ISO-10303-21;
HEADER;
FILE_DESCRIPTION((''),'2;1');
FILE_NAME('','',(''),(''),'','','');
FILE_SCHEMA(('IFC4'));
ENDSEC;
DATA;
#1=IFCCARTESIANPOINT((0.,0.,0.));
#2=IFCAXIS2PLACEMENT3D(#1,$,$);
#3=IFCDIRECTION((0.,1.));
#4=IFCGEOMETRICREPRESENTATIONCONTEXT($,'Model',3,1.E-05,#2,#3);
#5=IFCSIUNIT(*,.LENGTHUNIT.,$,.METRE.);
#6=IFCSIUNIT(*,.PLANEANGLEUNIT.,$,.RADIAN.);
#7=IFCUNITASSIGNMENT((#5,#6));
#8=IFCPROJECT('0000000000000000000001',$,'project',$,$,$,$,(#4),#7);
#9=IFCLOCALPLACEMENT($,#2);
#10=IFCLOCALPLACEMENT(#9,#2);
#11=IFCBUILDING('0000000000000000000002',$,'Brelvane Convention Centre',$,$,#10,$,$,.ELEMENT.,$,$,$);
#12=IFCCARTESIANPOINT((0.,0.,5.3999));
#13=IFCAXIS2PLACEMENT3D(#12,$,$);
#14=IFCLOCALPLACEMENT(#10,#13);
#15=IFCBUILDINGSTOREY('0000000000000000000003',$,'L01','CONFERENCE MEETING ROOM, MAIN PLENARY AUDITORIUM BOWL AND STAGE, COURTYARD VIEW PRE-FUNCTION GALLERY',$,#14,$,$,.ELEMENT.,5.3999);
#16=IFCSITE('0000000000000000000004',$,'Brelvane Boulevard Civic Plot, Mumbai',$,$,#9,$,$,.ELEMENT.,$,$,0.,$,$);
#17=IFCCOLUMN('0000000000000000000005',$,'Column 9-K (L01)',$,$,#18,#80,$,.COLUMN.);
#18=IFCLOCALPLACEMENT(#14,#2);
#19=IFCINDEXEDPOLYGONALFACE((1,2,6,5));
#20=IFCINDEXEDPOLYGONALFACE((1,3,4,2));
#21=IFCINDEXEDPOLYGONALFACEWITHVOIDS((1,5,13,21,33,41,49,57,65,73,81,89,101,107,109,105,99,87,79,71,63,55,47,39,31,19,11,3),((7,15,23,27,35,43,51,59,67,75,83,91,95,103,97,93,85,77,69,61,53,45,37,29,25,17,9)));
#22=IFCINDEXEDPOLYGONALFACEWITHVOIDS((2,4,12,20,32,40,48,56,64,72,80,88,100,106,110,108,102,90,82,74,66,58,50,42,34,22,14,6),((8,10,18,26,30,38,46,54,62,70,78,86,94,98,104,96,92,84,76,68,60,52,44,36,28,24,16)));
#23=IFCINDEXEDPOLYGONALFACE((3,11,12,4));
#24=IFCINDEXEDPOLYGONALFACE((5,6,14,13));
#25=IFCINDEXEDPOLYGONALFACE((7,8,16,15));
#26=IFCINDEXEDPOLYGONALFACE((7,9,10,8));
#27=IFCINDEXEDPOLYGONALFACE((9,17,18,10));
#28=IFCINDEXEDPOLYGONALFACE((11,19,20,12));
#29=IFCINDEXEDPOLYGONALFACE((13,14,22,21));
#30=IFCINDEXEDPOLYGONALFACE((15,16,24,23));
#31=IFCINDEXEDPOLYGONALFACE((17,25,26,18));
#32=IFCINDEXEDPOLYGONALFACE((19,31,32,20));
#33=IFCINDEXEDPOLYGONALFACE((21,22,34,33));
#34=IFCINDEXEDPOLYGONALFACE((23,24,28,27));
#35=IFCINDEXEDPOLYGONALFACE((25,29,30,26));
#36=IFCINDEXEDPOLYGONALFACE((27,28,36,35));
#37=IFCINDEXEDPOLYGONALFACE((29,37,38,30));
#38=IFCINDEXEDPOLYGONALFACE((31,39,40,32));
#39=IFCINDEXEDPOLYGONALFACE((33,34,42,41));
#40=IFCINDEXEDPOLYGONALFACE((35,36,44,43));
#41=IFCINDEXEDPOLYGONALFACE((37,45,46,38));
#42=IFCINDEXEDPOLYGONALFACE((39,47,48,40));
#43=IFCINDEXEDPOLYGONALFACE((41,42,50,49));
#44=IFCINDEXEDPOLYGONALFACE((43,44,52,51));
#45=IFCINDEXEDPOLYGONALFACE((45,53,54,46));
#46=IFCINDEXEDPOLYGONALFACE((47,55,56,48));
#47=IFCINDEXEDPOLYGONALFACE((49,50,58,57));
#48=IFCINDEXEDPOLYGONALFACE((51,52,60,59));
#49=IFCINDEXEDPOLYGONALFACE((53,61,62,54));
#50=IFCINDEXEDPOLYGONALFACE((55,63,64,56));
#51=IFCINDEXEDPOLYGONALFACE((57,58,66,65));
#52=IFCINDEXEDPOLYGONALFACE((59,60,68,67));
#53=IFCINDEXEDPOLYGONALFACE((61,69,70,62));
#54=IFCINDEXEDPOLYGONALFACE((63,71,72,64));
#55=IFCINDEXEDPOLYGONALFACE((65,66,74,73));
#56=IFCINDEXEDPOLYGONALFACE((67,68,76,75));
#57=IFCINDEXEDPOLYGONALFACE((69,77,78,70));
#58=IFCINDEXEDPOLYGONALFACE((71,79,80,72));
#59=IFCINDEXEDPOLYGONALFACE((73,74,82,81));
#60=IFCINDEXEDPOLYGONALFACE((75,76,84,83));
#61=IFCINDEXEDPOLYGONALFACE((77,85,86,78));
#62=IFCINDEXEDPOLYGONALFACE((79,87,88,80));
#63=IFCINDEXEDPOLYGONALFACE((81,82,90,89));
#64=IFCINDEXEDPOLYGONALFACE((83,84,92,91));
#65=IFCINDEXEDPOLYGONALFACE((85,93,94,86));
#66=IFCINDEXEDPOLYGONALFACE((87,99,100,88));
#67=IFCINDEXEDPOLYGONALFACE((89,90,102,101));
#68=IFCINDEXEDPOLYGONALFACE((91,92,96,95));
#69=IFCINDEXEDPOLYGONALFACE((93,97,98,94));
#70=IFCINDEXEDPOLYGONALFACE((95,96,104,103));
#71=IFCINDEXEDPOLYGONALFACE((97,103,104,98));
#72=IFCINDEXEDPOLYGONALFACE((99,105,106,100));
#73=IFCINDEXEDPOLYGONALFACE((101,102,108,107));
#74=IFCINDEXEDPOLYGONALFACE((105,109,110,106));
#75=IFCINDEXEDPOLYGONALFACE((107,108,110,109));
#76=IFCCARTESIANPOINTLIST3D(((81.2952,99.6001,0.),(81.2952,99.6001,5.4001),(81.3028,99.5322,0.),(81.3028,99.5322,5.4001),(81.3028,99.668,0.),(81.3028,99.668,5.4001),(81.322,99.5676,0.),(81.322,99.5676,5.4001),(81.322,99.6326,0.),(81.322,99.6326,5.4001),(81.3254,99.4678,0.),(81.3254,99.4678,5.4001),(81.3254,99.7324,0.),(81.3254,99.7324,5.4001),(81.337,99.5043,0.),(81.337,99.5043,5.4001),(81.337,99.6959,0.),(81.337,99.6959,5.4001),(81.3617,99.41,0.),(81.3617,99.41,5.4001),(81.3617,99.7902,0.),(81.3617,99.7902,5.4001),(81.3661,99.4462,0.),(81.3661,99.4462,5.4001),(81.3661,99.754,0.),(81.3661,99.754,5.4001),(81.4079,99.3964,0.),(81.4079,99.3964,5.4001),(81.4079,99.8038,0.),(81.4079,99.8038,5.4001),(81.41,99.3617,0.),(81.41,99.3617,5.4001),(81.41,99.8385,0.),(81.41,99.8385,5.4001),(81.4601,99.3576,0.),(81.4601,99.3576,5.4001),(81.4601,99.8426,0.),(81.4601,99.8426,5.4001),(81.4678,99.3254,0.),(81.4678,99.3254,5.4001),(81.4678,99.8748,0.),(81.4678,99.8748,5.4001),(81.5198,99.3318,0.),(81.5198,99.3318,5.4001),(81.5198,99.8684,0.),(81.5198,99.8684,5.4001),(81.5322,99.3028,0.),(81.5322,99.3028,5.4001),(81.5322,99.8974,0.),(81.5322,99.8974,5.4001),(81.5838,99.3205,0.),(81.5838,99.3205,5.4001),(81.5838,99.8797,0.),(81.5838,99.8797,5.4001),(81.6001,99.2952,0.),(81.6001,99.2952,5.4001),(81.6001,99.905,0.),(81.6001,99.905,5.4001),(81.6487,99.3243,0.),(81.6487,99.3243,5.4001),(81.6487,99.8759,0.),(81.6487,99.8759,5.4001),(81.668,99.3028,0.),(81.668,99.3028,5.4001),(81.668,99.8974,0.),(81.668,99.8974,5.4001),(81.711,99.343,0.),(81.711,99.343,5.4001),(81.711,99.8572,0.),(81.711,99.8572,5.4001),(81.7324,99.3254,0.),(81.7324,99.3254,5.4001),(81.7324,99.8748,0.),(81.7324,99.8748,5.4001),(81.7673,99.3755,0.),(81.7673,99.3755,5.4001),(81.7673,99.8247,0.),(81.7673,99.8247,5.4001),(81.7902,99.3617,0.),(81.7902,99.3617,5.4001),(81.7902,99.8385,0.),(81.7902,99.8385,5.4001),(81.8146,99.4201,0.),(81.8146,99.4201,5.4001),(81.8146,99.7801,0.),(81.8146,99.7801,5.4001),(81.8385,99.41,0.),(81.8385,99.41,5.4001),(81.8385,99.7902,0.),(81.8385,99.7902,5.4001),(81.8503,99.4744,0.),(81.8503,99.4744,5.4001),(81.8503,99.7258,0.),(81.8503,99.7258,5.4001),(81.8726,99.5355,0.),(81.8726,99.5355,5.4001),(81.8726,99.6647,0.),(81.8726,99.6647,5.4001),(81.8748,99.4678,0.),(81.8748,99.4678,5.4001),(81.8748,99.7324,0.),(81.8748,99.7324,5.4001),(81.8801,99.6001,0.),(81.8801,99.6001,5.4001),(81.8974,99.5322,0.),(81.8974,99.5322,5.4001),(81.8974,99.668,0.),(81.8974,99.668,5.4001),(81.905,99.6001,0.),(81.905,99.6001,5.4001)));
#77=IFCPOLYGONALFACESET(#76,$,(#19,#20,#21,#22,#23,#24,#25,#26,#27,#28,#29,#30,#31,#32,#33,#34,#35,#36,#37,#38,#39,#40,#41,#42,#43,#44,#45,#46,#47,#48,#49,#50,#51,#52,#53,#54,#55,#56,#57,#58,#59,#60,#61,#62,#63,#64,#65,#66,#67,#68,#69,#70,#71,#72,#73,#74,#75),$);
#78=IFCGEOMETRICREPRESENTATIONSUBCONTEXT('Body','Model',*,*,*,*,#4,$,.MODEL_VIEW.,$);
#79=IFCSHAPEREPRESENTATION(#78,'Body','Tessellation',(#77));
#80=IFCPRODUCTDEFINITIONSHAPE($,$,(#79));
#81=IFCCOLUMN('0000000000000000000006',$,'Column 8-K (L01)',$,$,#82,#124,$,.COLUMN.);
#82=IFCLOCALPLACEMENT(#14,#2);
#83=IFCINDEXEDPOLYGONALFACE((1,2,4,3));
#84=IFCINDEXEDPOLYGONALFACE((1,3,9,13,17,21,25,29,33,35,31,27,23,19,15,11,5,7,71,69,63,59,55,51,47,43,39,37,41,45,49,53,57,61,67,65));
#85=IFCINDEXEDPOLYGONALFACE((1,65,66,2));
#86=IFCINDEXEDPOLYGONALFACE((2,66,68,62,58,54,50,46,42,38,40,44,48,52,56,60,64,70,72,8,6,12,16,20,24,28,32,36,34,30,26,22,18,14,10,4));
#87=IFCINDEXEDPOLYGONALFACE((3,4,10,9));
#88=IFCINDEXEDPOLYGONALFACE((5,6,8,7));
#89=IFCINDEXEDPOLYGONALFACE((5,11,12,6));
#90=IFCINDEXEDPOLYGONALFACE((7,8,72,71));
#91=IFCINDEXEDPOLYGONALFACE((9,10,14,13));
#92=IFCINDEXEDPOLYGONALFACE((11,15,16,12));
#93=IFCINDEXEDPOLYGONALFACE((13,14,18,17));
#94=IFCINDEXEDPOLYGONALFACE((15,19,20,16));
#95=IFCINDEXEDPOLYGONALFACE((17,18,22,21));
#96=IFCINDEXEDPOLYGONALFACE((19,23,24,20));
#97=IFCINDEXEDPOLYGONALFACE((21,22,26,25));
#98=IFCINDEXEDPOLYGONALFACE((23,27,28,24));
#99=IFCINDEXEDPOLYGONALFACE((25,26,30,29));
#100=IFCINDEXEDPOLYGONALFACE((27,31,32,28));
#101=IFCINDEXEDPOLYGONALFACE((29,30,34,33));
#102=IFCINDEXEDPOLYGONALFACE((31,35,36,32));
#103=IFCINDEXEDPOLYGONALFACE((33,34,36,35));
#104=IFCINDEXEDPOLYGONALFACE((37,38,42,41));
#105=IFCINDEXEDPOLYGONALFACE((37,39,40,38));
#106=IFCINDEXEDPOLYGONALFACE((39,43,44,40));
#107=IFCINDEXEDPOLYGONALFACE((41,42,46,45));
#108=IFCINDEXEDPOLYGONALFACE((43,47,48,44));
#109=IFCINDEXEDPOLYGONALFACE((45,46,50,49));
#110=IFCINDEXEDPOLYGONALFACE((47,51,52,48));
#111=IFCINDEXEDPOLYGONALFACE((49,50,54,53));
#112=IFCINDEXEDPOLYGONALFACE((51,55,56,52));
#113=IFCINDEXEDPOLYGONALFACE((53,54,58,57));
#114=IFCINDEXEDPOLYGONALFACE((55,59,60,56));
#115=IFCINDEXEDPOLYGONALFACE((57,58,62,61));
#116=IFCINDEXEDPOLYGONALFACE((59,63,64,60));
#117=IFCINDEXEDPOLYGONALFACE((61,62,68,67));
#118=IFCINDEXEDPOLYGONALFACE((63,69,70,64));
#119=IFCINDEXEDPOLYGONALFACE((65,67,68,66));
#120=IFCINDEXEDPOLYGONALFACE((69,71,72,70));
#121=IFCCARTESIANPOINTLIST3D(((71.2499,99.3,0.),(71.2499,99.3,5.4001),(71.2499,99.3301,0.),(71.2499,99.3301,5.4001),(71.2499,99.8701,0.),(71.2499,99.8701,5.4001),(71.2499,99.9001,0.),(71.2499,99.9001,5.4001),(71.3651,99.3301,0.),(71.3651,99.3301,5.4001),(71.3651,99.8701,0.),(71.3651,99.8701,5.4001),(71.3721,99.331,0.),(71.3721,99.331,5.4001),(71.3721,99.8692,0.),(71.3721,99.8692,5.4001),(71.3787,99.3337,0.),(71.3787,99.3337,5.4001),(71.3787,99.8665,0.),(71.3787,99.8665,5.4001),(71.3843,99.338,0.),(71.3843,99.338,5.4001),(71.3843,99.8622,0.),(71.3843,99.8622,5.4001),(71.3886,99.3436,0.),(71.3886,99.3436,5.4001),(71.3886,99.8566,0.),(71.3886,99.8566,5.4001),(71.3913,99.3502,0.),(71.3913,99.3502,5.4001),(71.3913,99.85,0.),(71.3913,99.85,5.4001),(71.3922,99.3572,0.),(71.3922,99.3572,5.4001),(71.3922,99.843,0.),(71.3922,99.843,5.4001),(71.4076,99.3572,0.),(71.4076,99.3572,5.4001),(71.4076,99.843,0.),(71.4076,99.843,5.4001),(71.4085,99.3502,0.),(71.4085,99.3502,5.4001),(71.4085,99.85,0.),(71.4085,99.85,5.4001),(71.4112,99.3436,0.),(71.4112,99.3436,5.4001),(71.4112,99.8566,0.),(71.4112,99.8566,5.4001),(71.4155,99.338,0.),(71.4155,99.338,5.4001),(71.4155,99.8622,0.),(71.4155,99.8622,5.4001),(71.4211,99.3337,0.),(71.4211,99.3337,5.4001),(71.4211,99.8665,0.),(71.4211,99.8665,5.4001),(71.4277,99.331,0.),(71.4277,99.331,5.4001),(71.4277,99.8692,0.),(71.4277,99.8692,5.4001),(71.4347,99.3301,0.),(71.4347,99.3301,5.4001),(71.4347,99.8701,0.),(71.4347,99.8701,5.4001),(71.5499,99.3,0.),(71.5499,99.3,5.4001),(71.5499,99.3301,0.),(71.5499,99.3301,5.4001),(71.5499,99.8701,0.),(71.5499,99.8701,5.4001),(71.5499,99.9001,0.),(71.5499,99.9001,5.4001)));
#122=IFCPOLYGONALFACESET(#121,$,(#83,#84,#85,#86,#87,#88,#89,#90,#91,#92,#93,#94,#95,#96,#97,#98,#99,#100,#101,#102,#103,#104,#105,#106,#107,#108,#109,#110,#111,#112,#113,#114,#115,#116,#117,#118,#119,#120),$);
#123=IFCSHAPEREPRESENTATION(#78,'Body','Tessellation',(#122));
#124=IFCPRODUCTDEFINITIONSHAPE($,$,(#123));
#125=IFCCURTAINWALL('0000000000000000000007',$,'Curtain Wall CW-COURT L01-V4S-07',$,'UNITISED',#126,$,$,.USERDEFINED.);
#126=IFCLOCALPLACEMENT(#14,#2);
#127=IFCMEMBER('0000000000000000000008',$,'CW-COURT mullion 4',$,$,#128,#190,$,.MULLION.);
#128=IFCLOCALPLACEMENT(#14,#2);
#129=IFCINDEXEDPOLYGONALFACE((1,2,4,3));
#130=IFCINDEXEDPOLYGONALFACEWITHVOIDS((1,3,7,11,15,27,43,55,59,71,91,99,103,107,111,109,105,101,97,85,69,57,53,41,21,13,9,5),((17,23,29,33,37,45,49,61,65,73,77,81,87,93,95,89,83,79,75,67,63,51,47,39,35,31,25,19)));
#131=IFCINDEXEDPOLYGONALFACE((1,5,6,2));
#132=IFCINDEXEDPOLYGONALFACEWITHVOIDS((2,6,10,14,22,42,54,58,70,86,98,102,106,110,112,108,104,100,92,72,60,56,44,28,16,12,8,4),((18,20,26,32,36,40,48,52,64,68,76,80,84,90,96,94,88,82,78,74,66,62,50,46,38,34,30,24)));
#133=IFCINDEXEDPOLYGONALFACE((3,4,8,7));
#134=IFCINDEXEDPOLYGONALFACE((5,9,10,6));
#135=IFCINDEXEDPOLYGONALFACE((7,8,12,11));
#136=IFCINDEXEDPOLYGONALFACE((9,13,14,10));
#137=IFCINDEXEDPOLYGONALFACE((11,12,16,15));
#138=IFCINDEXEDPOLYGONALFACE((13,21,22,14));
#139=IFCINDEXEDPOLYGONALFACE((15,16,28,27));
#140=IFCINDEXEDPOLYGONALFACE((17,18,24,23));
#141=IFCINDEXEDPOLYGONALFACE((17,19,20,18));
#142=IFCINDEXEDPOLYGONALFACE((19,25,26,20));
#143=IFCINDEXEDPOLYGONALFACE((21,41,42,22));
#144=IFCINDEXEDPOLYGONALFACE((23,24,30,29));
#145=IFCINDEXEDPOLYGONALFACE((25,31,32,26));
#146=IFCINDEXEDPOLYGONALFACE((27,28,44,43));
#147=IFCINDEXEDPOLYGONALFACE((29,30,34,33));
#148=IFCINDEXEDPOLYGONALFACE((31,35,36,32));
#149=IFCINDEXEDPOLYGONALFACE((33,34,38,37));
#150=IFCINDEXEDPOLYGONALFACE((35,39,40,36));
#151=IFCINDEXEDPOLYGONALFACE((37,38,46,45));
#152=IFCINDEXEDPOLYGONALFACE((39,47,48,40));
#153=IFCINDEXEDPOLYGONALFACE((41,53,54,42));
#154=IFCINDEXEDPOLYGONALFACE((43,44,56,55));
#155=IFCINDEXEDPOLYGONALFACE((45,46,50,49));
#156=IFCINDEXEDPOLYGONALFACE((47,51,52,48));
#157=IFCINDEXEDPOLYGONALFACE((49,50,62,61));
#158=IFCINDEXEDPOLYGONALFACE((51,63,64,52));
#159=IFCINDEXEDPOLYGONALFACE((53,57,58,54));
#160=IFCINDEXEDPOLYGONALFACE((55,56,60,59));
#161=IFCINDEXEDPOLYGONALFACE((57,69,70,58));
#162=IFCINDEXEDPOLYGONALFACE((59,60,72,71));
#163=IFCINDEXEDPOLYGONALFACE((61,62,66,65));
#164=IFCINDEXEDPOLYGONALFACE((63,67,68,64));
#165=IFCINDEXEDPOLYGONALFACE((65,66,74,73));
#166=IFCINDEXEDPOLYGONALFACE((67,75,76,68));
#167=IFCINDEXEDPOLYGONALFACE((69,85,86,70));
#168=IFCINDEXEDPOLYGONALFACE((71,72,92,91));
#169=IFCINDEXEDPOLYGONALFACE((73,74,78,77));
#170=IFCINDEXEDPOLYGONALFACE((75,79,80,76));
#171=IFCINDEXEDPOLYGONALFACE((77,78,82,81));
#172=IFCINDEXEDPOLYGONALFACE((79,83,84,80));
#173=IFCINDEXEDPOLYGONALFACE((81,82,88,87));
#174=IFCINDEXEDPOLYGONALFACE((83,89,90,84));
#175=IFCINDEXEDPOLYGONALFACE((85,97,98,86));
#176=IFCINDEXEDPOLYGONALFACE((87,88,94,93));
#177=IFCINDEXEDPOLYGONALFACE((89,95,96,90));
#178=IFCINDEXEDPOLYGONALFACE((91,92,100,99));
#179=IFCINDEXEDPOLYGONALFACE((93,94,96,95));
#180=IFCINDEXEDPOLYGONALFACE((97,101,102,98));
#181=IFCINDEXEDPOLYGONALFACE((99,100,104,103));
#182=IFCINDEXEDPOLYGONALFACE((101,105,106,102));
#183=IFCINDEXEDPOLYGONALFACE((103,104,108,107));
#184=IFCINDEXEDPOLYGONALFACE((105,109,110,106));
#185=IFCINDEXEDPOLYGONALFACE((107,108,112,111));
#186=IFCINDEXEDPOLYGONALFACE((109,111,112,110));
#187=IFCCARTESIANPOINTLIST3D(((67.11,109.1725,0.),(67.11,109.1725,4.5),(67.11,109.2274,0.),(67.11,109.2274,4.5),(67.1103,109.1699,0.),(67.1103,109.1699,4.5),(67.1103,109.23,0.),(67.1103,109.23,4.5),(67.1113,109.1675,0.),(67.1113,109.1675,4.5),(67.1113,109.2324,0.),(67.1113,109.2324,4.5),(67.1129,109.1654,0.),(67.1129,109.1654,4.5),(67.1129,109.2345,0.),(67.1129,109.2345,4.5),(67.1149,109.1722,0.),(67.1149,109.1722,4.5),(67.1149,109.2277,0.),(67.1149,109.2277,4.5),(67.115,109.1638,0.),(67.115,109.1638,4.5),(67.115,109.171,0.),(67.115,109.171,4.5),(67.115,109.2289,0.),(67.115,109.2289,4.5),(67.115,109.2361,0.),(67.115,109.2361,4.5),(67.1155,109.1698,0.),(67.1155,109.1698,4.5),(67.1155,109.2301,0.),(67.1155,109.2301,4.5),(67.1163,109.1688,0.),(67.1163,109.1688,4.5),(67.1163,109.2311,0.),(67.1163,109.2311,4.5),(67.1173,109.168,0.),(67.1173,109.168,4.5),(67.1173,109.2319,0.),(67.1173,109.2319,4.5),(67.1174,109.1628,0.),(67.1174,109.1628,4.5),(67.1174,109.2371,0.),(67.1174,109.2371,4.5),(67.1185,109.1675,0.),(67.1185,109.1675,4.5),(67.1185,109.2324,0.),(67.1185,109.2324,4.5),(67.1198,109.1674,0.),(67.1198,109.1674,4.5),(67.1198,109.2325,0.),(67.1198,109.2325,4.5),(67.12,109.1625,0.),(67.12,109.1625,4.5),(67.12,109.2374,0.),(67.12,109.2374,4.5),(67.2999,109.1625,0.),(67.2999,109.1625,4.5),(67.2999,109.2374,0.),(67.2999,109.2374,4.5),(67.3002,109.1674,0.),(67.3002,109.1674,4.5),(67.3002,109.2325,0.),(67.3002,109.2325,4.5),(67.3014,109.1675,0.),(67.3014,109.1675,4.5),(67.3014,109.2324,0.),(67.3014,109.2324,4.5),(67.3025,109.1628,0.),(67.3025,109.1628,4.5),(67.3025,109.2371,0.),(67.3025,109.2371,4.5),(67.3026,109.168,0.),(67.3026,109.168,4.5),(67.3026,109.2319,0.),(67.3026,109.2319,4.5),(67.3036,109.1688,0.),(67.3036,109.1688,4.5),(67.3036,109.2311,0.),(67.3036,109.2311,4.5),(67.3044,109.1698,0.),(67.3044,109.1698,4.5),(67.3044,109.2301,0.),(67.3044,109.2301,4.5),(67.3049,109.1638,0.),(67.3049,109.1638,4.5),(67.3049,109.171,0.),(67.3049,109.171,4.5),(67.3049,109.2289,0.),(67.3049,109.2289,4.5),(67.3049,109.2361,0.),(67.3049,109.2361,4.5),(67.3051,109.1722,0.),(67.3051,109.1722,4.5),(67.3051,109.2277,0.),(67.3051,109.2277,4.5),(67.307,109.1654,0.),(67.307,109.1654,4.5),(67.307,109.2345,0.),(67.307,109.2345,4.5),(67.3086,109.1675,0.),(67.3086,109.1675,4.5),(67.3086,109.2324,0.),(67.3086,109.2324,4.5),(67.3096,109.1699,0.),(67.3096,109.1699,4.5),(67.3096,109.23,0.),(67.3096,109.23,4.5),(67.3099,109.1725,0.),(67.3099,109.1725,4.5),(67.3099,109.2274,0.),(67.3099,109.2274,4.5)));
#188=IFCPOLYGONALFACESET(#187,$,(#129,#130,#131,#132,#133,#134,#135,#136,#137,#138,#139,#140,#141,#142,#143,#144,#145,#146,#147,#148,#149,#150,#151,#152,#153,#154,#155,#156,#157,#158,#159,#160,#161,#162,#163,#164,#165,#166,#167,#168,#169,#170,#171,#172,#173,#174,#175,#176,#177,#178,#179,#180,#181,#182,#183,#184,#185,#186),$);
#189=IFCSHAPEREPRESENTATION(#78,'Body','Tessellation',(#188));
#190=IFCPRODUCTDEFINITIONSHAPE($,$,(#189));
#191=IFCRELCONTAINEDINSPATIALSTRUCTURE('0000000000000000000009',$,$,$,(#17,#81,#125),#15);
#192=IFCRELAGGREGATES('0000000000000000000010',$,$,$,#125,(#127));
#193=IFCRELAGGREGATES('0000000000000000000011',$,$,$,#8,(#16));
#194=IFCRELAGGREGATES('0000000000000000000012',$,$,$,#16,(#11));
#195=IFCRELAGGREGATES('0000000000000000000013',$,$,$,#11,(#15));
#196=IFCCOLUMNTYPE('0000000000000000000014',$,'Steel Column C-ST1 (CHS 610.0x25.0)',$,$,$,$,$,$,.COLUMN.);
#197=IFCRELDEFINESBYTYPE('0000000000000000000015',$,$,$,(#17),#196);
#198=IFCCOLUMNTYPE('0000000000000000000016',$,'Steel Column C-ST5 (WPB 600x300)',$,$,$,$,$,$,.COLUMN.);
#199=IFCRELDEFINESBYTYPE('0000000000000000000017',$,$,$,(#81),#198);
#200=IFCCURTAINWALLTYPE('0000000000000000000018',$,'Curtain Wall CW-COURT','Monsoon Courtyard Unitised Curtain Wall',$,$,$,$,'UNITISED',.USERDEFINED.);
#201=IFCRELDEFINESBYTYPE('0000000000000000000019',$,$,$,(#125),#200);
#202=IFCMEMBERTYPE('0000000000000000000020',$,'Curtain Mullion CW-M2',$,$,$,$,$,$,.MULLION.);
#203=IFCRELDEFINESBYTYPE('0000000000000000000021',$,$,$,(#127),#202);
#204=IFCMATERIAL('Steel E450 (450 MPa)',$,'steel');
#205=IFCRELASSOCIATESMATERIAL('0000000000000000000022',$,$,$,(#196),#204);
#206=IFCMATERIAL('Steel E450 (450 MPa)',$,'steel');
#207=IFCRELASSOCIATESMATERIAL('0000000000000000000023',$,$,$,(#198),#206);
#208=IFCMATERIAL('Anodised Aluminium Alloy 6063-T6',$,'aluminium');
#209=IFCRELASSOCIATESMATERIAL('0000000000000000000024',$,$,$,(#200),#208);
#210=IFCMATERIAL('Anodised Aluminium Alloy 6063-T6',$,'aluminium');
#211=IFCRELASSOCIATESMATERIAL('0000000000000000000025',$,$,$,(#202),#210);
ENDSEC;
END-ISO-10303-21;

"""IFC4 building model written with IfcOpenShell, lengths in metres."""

from ifc_helpers import new_model, si_unit, direction, frame, origin, origin_2d, place, context, subcontext, project, spatial, hollow_rectangle, hollow_circle, i_section, extrude, material, material_profile, profile_set, type_object, element, aggregate, save


model = new_model("IFC4")

# Units and contexts
model_context = context("Model", 3, precision=1e-05, world=origin(), true_north=direction((0.0, 1.0)))
body_context = subcontext(model_context, "Body", "Model", "MODEL_VIEW")
ifc_project = project(units=[si_unit("LENGTHUNIT", "METRE"), si_unit("PLANEANGLEUNIT", "RADIAN")], contexts=[model_context])

# Site, building, storey
site_placement = place(None, origin())
site = spatial("IfcSite", under=ifc_project, at=site_placement, Name="Brelvane Boulevard Civic Plot, Mumbai", CompositionType="ELEMENT", RefElevation=0.0)
building_placement = place(site_placement, origin())
building = spatial("IfcBuilding", under=site, at=building_placement, Name="Brelvane Convention Centre", CompositionType="ELEMENT")
storey_placement = place(building_placement, frame((0.0, 0.0, 5.3999)))
storey = spatial("IfcBuildingStorey", under=building, at=storey_placement, Name="L01", Description="CONFERENCE MEETING ROOM, MAIN PLENARY AUDITORIUM BOWL AND STAGE, COURTYARD VIEW PRE-FUNCTION GALLERY", CompositionType="ELEMENT", Elevation=5.3999)

# Columns
ifc_material_1 = material(Name="Steel E450 (450 MPa)", Category="steel")
ifc_material_profile_1 = material_profile(ifc_material_1, hollow_circle(Radius=0.3049, WallThickness=0.0249, at=origin_2d()), Name="CHS 610.0x25.0")
ifc_profile_set_1 = profile_set([ifc_material_profile_1], Name="Steel E450 (450 MPa)")
column_type_1 = type_object("IfcColumnType", Name="Steel Column C-ST1 (CHS 610.0x25.0)", PredefinedType="COLUMN", material=ifc_profile_set_1)
column_1_placement = place(storey_placement, frame((81.6001, 99.6001, 0.0), z_axis=(0.0, 0.0, 1.0), x_axis=(1.0, 0.0, 0.0)))
element("IfcColumn", 1, at=column_1_placement, inside=storey, type_object=column_type_1, Name="Column 9-K (L01)", PredefinedType="COLUMN", context=body_context, shape_type="SweptSolid", body=[
    extrude(hollow_circle(Radius=0.3049, WallThickness=0.0249, at=origin_2d()), origin(), (0.0, 0.0, 1.0), 5.4001),
])
ifc_material_2 = material(Name="Steel E450 (450 MPa)", Category="steel")
ifc_material_profile_2 = material_profile(ifc_material_2, i_section(OverallWidth=0.3, OverallDepth=0.6001, WebThickness=0.0154, FlangeThickness=0.03, FilletRadius=0.0271, at=origin_2d()), Name="WPB 600x300")
ifc_profile_set_2 = profile_set([ifc_material_profile_2], Name="Steel E450 (450 MPa)")
column_type_2 = type_object("IfcColumnType", Name="Steel Column C-ST5 (WPB 600x300)", PredefinedType="COLUMN", material=ifc_profile_set_2)
column_2_placement = place(storey_placement, frame((71.3999, 99.6001, 0.0), z_axis=(0.0, 0.0, 1.0), x_axis=(1.0, 0.0, 0.0)))
element("IfcColumn", 2, at=column_2_placement, inside=storey, type_object=column_type_2, Name="Column 8-K (L01)", PredefinedType="COLUMN", context=body_context, shape_type="SweptSolid", body=[
    extrude(i_section(OverallWidth=0.3, OverallDepth=0.6001, WebThickness=0.0154, FlangeThickness=0.03, FilletRadius=0.0271, at=origin_2d()), origin(), (0.0, 0.0, 1.0), 5.4001),
])

# Curtain wall, member
ifc_material_3 = material(Name="Anodised Aluminium Alloy 6063-T6", Category="aluminium")
curtain_wall_type = type_object("IfcCurtainWallType", Name="Curtain Wall CW-COURT", Description="Monsoon Courtyard Unitised Curtain Wall", ElementType="UNITISED", PredefinedType="USERDEFINED", material=ifc_material_3)
curtain_wall_placement = place(storey_placement, origin())
curtain_wall = element("IfcCurtainWall", 3, at=curtain_wall_placement, inside=storey, type_object=curtain_wall_type, Name="Curtain Wall CW-COURT L01-V4S-07", ObjectType="UNITISED", PredefinedType="USERDEFINED")
ifc_material_4 = material(Name="Anodised Aluminium Alloy 6063-T6", Category="aluminium")
ifc_material_profile_3 = material_profile(ifc_material_4, hollow_rectangle(XDim=0.075, YDim=0.2, WallThickness=0.0049, InnerFilletRadius=0.0049, OuterFilletRadius=0.01, at=origin_2d()), Name="ALU-M 200x75x5.0")
ifc_profile_set_3 = profile_set([ifc_material_profile_3], Name="Anodised Aluminium Alloy 6063-T6")
member_type_1 = type_object("IfcMemberType", Name="Curtain Mullion CW-M2", PredefinedType="MULLION", material=ifc_profile_set_3)
member_1_placement = place(storey_placement, frame((67.21, 109.2, 0.0), z_axis=(0.0, 0.0, 1.0), x_axis=(0.0, 1.0, 0.0)))
member_1 = element("IfcMember", 4, at=member_1_placement, type_object=member_type_1, Name="CW-COURT mullion 4", PredefinedType="MULLION", context=body_context, shape_type="SweptSolid", body=[
    extrude(hollow_rectangle(XDim=0.075, YDim=0.2, WallThickness=0.0049, InnerFilletRadius=0.0049, OuterFilletRadius=0.01, at=origin_2d()), origin(), (0.0, 0.0, 1.0), 4.5),
])

aggregate(curtain_wall, [member_1])

save(model, "model.ifc")
